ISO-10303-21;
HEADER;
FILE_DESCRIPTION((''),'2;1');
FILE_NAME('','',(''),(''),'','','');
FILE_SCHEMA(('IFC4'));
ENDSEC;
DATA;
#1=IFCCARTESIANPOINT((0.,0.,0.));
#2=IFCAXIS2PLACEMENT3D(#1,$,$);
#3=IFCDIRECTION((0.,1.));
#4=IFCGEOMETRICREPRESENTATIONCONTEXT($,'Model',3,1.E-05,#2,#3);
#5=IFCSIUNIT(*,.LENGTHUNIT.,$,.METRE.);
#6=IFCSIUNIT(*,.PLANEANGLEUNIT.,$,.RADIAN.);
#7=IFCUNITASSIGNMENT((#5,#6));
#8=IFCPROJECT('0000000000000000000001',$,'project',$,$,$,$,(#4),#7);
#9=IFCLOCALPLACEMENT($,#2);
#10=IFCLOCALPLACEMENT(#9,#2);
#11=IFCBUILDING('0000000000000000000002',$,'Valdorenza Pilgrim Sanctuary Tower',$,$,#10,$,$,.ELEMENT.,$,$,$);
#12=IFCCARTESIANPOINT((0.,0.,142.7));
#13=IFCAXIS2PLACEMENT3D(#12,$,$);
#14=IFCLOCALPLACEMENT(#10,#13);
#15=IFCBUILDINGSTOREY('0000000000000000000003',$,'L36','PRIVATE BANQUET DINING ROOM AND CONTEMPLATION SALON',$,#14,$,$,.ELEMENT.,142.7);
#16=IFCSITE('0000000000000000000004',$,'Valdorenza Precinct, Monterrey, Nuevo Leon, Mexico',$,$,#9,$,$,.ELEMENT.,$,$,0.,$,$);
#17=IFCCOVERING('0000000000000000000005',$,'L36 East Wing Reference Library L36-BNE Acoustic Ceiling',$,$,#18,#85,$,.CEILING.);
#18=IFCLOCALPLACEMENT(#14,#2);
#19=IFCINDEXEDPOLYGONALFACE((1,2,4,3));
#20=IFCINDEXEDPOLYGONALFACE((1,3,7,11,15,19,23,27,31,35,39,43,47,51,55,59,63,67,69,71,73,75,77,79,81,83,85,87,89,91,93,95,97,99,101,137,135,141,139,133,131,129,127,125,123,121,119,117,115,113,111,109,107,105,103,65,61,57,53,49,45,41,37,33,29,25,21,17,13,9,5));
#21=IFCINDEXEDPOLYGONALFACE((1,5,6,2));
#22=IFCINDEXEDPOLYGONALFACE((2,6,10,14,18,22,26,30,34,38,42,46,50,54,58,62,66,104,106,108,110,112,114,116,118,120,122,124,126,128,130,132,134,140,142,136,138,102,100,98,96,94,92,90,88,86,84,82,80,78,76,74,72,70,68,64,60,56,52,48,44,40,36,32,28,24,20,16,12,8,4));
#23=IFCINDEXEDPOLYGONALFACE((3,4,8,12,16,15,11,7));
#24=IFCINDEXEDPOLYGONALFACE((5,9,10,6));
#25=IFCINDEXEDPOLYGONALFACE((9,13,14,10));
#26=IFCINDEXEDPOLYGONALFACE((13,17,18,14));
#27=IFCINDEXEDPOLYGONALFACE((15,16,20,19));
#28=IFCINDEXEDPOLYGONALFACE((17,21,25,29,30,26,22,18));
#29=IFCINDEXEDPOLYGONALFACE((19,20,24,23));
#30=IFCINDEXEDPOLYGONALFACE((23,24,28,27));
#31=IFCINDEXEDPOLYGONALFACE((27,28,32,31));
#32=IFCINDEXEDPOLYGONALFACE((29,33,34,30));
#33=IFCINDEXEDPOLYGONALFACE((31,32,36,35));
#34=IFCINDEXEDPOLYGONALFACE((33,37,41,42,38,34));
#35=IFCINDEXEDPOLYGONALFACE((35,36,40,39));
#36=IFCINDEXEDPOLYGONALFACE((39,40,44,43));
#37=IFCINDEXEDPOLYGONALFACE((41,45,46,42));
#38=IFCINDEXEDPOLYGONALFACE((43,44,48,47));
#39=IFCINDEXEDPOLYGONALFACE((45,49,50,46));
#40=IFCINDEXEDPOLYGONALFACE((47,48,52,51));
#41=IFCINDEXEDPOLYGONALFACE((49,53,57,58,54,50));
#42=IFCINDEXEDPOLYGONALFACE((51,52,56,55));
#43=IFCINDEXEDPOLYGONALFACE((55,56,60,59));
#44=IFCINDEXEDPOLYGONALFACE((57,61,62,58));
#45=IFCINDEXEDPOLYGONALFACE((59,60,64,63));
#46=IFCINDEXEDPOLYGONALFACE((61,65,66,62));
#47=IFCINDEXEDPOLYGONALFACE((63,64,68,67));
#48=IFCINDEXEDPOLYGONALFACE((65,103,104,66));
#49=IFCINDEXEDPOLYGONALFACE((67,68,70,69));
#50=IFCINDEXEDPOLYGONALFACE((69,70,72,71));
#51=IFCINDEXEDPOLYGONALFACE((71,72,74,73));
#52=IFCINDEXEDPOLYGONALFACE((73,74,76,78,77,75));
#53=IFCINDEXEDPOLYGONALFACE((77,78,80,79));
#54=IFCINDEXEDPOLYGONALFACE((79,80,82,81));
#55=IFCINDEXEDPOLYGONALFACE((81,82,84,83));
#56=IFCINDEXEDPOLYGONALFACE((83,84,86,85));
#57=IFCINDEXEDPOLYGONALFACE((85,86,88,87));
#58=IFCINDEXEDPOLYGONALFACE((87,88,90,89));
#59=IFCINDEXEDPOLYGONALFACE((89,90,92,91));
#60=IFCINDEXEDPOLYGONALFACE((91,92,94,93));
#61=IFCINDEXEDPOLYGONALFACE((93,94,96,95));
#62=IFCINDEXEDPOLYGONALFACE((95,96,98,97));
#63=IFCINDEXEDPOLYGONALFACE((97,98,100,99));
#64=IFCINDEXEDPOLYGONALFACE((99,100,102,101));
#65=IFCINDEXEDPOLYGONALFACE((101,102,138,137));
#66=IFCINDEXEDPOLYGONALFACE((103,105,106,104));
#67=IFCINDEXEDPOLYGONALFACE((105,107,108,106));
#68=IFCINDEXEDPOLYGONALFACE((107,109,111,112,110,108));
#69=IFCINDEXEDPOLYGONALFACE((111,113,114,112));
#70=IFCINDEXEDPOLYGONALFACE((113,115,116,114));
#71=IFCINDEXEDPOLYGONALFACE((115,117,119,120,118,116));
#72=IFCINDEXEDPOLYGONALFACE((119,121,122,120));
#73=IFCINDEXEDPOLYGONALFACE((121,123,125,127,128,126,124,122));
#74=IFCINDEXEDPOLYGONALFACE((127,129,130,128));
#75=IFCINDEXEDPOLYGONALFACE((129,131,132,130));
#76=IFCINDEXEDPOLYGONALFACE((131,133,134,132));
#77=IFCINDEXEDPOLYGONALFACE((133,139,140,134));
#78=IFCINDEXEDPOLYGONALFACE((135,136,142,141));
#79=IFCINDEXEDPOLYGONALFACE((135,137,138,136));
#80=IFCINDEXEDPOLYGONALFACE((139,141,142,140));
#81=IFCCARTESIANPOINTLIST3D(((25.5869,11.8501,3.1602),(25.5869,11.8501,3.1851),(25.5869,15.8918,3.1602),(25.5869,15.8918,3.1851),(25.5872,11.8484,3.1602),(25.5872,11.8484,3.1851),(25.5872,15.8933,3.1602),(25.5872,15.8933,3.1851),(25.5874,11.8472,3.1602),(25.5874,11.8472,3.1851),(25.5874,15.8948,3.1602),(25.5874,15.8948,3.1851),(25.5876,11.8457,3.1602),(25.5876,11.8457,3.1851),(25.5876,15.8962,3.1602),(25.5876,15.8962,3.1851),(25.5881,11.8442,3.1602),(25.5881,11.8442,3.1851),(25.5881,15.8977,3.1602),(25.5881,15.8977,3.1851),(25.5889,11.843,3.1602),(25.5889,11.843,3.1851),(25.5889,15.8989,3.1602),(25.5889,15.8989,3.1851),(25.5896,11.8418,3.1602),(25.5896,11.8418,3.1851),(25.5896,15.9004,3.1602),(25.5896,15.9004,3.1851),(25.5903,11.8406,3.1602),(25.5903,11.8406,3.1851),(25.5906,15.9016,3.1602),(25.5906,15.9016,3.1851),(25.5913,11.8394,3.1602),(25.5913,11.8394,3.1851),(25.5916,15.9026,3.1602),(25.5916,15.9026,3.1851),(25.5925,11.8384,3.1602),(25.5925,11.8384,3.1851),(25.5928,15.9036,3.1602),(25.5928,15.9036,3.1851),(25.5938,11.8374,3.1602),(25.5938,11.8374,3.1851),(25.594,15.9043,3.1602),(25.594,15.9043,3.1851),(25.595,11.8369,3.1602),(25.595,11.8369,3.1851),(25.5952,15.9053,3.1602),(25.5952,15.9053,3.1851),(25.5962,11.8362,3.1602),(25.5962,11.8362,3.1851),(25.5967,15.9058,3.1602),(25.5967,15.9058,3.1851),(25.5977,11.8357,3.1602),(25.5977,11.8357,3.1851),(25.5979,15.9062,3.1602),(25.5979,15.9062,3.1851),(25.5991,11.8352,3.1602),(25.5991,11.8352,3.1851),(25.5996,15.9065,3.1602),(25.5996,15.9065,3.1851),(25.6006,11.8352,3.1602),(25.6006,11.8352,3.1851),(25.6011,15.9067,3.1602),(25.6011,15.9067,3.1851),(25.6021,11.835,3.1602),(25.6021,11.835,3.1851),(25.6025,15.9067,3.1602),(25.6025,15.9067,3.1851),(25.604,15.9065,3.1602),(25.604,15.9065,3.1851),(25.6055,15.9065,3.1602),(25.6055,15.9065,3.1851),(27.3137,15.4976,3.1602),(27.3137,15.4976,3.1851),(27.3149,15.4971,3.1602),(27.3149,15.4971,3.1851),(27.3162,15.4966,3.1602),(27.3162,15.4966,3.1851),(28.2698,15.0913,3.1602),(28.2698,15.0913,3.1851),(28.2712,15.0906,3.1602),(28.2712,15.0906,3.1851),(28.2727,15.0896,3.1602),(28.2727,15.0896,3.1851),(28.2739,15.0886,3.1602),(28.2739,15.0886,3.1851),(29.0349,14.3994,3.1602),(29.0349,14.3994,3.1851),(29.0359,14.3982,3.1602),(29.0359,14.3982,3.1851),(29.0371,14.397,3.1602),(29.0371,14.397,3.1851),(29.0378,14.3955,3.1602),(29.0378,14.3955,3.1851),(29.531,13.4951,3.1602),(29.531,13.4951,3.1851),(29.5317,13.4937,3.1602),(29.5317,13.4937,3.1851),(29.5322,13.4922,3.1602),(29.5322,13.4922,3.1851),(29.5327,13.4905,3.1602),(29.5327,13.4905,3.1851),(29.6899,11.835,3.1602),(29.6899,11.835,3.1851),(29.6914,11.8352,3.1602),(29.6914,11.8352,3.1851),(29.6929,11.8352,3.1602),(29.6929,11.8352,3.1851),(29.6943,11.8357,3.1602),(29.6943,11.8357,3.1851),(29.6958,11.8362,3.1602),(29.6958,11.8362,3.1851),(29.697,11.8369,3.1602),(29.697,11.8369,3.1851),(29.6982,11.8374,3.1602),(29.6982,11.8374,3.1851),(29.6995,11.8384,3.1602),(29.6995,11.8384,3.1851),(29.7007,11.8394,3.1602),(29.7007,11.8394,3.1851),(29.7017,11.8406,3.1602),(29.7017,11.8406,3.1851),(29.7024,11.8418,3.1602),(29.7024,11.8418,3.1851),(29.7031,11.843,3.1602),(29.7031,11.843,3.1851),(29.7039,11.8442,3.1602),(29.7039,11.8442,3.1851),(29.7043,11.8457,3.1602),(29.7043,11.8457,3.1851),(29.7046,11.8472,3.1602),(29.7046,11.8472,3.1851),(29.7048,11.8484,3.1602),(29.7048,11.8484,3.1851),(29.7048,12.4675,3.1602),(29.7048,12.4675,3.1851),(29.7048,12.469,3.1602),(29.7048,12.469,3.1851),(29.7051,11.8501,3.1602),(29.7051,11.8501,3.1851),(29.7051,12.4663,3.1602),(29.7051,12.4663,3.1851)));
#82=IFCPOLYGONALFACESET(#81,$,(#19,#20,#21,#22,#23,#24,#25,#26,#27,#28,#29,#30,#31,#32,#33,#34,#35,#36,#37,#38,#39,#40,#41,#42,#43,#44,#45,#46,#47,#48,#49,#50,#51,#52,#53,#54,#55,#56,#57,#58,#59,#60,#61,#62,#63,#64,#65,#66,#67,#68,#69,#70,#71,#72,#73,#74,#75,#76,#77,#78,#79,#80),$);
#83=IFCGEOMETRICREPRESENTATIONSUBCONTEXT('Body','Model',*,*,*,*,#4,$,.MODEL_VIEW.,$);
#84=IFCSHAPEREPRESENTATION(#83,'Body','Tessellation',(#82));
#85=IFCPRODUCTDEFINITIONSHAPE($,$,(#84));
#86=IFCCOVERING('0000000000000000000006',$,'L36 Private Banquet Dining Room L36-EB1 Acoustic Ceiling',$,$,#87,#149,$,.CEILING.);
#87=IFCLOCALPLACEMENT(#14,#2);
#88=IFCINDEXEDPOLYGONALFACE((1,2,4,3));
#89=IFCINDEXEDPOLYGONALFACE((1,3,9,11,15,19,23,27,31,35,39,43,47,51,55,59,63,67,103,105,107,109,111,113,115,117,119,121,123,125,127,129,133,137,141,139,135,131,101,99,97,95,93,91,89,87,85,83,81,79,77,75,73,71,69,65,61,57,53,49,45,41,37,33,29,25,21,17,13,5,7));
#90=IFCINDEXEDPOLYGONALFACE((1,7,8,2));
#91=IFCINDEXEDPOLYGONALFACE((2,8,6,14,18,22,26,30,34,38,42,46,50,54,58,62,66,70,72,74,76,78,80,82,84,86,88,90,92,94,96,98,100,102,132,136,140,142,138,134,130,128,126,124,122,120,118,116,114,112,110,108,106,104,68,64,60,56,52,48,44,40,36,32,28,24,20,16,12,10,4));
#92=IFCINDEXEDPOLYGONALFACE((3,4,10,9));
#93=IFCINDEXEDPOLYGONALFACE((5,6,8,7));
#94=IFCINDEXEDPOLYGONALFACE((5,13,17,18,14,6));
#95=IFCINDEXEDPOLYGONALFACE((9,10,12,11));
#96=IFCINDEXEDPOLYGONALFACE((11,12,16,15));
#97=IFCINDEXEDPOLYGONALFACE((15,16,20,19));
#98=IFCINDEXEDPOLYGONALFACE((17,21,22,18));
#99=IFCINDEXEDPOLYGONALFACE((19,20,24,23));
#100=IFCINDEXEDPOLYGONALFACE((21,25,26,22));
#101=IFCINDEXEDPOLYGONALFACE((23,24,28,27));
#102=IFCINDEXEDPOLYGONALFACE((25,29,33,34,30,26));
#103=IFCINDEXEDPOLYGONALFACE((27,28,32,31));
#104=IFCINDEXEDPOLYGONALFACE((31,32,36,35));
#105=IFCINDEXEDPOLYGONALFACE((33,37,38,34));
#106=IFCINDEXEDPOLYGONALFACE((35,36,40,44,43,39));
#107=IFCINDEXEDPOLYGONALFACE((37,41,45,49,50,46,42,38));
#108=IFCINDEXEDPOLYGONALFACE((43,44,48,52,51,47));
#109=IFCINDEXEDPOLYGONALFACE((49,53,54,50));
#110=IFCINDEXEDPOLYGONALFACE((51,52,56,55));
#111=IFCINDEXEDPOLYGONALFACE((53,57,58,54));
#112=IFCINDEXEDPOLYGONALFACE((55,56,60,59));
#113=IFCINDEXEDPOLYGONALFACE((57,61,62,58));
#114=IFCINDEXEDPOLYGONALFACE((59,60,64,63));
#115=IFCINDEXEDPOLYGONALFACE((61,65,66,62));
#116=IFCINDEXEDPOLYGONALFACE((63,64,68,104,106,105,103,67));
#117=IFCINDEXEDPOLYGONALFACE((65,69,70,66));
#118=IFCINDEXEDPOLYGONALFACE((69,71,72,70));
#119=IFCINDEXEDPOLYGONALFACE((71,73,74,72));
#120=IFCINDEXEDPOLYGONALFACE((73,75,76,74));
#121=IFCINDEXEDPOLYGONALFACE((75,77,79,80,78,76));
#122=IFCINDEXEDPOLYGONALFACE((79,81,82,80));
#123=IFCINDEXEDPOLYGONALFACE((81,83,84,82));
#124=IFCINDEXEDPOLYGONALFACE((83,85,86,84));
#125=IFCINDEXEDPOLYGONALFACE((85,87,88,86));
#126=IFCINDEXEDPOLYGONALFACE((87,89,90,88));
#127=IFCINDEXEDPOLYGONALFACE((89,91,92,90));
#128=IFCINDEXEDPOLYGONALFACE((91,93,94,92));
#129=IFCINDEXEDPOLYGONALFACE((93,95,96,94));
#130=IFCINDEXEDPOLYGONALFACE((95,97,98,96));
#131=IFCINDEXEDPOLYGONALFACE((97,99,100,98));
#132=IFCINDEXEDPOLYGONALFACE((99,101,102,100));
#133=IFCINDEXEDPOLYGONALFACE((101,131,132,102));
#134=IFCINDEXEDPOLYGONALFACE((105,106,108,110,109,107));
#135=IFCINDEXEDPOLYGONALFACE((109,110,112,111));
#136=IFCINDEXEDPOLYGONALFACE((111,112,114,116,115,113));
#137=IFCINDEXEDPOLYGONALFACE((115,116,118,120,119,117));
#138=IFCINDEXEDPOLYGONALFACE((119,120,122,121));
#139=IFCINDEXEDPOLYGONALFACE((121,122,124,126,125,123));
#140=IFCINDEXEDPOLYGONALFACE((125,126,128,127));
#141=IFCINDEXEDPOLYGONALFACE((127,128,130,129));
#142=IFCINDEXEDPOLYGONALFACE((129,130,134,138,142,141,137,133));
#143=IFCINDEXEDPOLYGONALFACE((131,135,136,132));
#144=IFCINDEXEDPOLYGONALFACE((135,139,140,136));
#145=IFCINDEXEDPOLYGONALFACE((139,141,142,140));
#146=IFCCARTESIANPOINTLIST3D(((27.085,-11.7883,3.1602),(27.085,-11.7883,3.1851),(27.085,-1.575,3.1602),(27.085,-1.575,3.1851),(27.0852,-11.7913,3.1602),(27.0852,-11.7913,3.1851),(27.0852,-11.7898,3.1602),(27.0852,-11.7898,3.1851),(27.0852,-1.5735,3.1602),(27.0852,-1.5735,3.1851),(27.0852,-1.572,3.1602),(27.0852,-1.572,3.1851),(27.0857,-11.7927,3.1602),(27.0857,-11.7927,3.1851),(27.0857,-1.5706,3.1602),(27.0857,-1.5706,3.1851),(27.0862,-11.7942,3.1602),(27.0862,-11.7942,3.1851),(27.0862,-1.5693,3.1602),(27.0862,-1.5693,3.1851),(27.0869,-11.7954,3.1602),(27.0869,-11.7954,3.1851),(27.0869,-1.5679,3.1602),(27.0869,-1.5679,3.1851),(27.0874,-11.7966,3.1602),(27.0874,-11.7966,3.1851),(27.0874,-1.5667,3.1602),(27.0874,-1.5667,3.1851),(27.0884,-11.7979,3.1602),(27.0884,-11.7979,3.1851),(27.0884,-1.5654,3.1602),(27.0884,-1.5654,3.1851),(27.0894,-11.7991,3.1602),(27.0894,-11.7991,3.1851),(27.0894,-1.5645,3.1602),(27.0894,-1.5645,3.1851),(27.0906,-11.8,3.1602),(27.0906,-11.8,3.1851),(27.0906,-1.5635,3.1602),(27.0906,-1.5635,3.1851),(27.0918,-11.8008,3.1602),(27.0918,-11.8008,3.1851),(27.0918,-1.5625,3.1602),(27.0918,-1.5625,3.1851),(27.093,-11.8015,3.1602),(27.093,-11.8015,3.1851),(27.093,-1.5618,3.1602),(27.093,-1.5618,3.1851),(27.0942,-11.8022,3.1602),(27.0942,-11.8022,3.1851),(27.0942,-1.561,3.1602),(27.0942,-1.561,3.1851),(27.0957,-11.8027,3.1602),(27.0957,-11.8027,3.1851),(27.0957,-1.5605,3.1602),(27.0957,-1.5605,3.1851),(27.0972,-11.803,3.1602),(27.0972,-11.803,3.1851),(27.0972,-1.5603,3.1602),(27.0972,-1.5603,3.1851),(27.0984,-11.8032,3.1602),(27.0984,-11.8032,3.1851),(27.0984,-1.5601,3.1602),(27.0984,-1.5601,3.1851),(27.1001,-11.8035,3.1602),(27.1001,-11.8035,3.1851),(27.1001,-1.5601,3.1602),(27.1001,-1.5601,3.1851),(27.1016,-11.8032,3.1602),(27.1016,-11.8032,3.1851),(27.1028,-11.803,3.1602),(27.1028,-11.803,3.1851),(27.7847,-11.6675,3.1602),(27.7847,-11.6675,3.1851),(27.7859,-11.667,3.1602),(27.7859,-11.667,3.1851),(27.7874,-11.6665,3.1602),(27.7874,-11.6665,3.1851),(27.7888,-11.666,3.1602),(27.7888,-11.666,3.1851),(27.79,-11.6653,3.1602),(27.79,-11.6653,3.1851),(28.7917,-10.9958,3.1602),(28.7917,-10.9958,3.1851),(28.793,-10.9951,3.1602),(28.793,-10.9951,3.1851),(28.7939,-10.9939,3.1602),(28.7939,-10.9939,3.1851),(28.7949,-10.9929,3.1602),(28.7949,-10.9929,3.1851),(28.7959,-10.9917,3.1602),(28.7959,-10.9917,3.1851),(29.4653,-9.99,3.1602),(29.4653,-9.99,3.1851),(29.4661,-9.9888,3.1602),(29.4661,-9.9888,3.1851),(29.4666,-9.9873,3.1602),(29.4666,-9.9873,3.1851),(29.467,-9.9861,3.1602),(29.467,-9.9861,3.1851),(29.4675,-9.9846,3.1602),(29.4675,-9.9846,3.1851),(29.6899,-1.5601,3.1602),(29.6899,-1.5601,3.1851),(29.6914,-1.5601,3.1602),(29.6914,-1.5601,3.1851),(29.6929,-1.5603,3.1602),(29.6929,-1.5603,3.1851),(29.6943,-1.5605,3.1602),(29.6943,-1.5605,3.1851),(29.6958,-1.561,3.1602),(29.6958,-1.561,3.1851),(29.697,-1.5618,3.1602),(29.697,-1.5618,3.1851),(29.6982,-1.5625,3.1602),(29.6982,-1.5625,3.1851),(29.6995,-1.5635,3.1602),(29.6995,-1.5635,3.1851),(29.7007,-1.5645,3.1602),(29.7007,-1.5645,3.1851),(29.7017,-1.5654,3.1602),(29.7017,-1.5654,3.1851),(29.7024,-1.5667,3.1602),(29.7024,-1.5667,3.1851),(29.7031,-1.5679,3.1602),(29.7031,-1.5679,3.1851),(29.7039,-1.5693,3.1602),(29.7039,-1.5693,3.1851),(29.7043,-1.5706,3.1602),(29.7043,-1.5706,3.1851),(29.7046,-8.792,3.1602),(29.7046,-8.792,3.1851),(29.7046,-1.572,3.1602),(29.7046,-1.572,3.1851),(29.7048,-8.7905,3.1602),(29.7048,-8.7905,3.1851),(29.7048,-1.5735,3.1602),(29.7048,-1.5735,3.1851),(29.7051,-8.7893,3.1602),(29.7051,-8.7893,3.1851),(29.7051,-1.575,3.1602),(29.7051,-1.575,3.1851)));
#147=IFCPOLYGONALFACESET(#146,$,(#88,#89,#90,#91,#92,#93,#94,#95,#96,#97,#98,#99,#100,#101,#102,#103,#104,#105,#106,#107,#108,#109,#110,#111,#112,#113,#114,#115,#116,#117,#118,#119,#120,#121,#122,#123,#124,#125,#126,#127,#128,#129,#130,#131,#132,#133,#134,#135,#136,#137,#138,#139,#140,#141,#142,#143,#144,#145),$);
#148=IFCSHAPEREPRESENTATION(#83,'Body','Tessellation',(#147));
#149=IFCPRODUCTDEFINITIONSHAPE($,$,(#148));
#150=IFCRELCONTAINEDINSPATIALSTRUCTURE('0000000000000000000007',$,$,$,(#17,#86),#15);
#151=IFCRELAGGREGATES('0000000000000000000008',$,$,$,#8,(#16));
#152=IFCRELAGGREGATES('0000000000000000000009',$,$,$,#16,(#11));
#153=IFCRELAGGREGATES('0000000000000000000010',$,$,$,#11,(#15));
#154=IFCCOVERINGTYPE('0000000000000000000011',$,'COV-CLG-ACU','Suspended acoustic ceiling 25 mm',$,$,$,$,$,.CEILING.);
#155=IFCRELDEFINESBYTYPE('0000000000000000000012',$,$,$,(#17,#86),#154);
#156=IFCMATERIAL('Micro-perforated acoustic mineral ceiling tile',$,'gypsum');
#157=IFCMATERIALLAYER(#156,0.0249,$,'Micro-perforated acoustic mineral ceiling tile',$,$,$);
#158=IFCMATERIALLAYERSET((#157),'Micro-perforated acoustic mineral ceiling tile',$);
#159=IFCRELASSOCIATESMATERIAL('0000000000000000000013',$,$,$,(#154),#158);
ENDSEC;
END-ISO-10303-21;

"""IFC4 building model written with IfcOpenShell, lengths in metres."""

from ifc_helpers import new_model, si_unit, direction, frame, origin, place, context, subcontext, project, spatial, polyline, outline, extrude, material, layer, layer_set, type_object, element, save


model = new_model("IFC4")

# Units and contexts
model_context = context("Model", 3, precision=1e-05, world=origin(), true_north=direction((0.0, 1.0)))
body_context = subcontext(model_context, "Body", "Model", "MODEL_VIEW")
ifc_project = project(units=[si_unit("LENGTHUNIT", "METRE"), si_unit("PLANEANGLEUNIT", "RADIAN")], contexts=[model_context])

# Site, building, storey
site_placement = place(None, origin())
site = spatial("IfcSite", under=ifc_project, at=site_placement, Name="Valdorenza Precinct, Monterrey, Nuevo Leon, Mexico", CompositionType="ELEMENT", RefElevation=0.0)
building_placement = place(site_placement, origin())
building = spatial("IfcBuilding", under=site, at=building_placement, Name="Valdorenza Pilgrim Sanctuary Tower", CompositionType="ELEMENT")
storey_placement = place(building_placement, frame((0.0, 0.0, 142.7)))
storey = spatial("IfcBuildingStorey", under=building, at=storey_placement, Name="L36", Description="PRIVATE BANQUET DINING ROOM AND CONTEMPLATION SALON", CompositionType="ELEMENT", Elevation=142.7)

# Coverings
ifc_material_1 = material(Name="Micro-perforated acoustic mineral ceiling tile", Category="gypsum")
ifc_layer_1 = layer(ifc_material_1, 0.0249, Name="Micro-perforated acoustic mineral ceiling tile")
ifc_layer_set_1 = layer_set([ifc_layer_1], Name="Micro-perforated acoustic mineral ceiling tile")
covering_type_1 = type_object("IfcCoveringType", Name="COV-CLG-ACU", Description="Suspended acoustic ceiling 25 mm", PredefinedType="CEILING", material=ifc_layer_set_1)
covering_1_placement = place(storey_placement, frame((0.0, 0.0, 3.1602)))
element("IfcCovering", 1, at=covering_1_placement, inside=storey, type_object=covering_type_1, Name="L36 East Wing Reference Library L36-BNE Acoustic Ceiling", PredefinedType="CEILING", context=body_context, shape_type="SweptSolid", body=[
    extrude(outline(polyline([(27.3137, 15.4976), (27.3149, 15.4971), (27.3162, 15.4966), (28.2698, 15.0913), (28.2712, 15.0906), (28.2727, 15.0896), (28.2739, 15.0886), (29.0349, 14.3994), (29.0359, 14.3982), (29.0371, 14.397), (29.0378, 14.3955), (29.531, 13.4951), (29.5317, 13.4937), (29.5322, 13.4922), (29.5327, 13.4905), (29.7048, 12.469), (29.7048, 12.4675), (29.7051, 12.4663), (29.7051, 11.8501), (29.7048, 11.8484), (29.7046, 11.8472), (29.7043, 11.8457), (29.7039, 11.8442), (29.7031, 11.843), (29.7024, 11.8418), (29.7017, 11.8406), (29.7007, 11.8394), (29.6995, 11.8384), (29.6982, 11.8374), (29.697, 11.8369), (29.6958, 11.8362), (29.6943, 11.8357), (29.6929, 11.8352), (29.6914, 11.8352), (29.6899, 11.835), (25.6021, 11.835), (25.6006, 11.8352), (25.5991, 11.8352), (25.5977, 11.8357), (25.5962, 11.8362), (25.595, 11.8369), (25.5938, 11.8374), (25.5925, 11.8384), (25.5913, 11.8394), (25.5903, 11.8406), (25.5896, 11.8418), (25.5889, 11.843), (25.5881, 11.8442), (25.5876, 11.8457), (25.5874, 11.8472), (25.5872, 11.8484), (25.5869, 11.8501), (25.5869, 15.8918), (25.5872, 15.8933), (25.5874, 15.8948), (25.5876, 15.8962), (25.5881, 15.8977), (25.5889, 15.8989), (25.5896, 15.9004), (25.5906, 15.9016), (25.5916, 15.9026), (25.5928, 15.9036), (25.594, 15.9043), (25.5952, 15.9053), (25.5967, 15.9058), (25.5979, 15.9062), (25.5996, 15.9065), (25.6011, 15.9067), (25.6025, 15.9067), (25.604, 15.9065), (25.6055, 15.9065), (27.3137, 15.4976)])), origin(), (0.0, 0.0, 1.0), 0.0249),
])
covering_2_placement = place(storey_placement, frame((0.0, 0.0, 3.1602)))
element("IfcCovering", 2, at=covering_2_placement, inside=storey, type_object=covering_type_1, Name="L36 Private Banquet Dining Room L36-EB1 Acoustic Ceiling", PredefinedType="CEILING", context=body_context, shape_type="SweptSolid", body=[
    extrude(outline(polyline([(29.6899, -1.5601), (29.6914, -1.5601), (29.6929, -1.5603), (29.6943, -1.5605), (29.6958, -1.561), (29.697, -1.5618), (29.6982, -1.5625), (29.6995, -1.5635), (29.7007, -1.5645), (29.7017, -1.5654), (29.7024, -1.5667), (29.7031, -1.5679), (29.7039, -1.5693), (29.7043, -1.5706), (29.7046, -1.572), (29.7048, -1.5735), (29.7051, -1.575), (29.7051, -8.7893), (29.7048, -8.7905), (29.7046, -8.792), (29.4675, -9.9846), (29.467, -9.9861), (29.4666, -9.9873), (29.4661, -9.9888), (29.4653, -9.99), (28.7959, -10.9917), (28.7949, -10.9929), (28.7939, -10.9939), (28.793, -10.9951), (28.7917, -10.9958), (27.79, -11.6653), (27.7888, -11.666), (27.7874, -11.6665), (27.7859, -11.667), (27.7847, -11.6675), (27.1028, -11.803), (27.1016, -11.8032), (27.1001, -11.8035), (27.0984, -11.8032), (27.0972, -11.803), (27.0957, -11.8027), (27.0942, -11.8022), (27.093, -11.8015), (27.0918, -11.8008), (27.0906, -11.8), (27.0894, -11.7991), (27.0884, -11.7979), (27.0874, -11.7966), (27.0869, -11.7954), (27.0862, -11.7942), (27.0857, -11.7927), (27.0852, -11.7913), (27.0852, -11.7898), (27.085, -11.7883), (27.085, -1.575), (27.0852, -1.5735), (27.0852, -1.572), (27.0857, -1.5706), (27.0862, -1.5693), (27.0869, -1.5679), (27.0874, -1.5667), (27.0884, -1.5654), (27.0894, -1.5645), (27.0906, -1.5635), (27.0918, -1.5625), (27.093, -1.5618), (27.0942, -1.561), (27.0957, -1.5605), (27.0972, -1.5603), (27.0984, -1.5601), (27.1001, -1.5601), (29.6899, -1.5601)])), origin(), (0.0, 0.0, 1.0), 0.0249),
])

save(model, "model.ifc")
